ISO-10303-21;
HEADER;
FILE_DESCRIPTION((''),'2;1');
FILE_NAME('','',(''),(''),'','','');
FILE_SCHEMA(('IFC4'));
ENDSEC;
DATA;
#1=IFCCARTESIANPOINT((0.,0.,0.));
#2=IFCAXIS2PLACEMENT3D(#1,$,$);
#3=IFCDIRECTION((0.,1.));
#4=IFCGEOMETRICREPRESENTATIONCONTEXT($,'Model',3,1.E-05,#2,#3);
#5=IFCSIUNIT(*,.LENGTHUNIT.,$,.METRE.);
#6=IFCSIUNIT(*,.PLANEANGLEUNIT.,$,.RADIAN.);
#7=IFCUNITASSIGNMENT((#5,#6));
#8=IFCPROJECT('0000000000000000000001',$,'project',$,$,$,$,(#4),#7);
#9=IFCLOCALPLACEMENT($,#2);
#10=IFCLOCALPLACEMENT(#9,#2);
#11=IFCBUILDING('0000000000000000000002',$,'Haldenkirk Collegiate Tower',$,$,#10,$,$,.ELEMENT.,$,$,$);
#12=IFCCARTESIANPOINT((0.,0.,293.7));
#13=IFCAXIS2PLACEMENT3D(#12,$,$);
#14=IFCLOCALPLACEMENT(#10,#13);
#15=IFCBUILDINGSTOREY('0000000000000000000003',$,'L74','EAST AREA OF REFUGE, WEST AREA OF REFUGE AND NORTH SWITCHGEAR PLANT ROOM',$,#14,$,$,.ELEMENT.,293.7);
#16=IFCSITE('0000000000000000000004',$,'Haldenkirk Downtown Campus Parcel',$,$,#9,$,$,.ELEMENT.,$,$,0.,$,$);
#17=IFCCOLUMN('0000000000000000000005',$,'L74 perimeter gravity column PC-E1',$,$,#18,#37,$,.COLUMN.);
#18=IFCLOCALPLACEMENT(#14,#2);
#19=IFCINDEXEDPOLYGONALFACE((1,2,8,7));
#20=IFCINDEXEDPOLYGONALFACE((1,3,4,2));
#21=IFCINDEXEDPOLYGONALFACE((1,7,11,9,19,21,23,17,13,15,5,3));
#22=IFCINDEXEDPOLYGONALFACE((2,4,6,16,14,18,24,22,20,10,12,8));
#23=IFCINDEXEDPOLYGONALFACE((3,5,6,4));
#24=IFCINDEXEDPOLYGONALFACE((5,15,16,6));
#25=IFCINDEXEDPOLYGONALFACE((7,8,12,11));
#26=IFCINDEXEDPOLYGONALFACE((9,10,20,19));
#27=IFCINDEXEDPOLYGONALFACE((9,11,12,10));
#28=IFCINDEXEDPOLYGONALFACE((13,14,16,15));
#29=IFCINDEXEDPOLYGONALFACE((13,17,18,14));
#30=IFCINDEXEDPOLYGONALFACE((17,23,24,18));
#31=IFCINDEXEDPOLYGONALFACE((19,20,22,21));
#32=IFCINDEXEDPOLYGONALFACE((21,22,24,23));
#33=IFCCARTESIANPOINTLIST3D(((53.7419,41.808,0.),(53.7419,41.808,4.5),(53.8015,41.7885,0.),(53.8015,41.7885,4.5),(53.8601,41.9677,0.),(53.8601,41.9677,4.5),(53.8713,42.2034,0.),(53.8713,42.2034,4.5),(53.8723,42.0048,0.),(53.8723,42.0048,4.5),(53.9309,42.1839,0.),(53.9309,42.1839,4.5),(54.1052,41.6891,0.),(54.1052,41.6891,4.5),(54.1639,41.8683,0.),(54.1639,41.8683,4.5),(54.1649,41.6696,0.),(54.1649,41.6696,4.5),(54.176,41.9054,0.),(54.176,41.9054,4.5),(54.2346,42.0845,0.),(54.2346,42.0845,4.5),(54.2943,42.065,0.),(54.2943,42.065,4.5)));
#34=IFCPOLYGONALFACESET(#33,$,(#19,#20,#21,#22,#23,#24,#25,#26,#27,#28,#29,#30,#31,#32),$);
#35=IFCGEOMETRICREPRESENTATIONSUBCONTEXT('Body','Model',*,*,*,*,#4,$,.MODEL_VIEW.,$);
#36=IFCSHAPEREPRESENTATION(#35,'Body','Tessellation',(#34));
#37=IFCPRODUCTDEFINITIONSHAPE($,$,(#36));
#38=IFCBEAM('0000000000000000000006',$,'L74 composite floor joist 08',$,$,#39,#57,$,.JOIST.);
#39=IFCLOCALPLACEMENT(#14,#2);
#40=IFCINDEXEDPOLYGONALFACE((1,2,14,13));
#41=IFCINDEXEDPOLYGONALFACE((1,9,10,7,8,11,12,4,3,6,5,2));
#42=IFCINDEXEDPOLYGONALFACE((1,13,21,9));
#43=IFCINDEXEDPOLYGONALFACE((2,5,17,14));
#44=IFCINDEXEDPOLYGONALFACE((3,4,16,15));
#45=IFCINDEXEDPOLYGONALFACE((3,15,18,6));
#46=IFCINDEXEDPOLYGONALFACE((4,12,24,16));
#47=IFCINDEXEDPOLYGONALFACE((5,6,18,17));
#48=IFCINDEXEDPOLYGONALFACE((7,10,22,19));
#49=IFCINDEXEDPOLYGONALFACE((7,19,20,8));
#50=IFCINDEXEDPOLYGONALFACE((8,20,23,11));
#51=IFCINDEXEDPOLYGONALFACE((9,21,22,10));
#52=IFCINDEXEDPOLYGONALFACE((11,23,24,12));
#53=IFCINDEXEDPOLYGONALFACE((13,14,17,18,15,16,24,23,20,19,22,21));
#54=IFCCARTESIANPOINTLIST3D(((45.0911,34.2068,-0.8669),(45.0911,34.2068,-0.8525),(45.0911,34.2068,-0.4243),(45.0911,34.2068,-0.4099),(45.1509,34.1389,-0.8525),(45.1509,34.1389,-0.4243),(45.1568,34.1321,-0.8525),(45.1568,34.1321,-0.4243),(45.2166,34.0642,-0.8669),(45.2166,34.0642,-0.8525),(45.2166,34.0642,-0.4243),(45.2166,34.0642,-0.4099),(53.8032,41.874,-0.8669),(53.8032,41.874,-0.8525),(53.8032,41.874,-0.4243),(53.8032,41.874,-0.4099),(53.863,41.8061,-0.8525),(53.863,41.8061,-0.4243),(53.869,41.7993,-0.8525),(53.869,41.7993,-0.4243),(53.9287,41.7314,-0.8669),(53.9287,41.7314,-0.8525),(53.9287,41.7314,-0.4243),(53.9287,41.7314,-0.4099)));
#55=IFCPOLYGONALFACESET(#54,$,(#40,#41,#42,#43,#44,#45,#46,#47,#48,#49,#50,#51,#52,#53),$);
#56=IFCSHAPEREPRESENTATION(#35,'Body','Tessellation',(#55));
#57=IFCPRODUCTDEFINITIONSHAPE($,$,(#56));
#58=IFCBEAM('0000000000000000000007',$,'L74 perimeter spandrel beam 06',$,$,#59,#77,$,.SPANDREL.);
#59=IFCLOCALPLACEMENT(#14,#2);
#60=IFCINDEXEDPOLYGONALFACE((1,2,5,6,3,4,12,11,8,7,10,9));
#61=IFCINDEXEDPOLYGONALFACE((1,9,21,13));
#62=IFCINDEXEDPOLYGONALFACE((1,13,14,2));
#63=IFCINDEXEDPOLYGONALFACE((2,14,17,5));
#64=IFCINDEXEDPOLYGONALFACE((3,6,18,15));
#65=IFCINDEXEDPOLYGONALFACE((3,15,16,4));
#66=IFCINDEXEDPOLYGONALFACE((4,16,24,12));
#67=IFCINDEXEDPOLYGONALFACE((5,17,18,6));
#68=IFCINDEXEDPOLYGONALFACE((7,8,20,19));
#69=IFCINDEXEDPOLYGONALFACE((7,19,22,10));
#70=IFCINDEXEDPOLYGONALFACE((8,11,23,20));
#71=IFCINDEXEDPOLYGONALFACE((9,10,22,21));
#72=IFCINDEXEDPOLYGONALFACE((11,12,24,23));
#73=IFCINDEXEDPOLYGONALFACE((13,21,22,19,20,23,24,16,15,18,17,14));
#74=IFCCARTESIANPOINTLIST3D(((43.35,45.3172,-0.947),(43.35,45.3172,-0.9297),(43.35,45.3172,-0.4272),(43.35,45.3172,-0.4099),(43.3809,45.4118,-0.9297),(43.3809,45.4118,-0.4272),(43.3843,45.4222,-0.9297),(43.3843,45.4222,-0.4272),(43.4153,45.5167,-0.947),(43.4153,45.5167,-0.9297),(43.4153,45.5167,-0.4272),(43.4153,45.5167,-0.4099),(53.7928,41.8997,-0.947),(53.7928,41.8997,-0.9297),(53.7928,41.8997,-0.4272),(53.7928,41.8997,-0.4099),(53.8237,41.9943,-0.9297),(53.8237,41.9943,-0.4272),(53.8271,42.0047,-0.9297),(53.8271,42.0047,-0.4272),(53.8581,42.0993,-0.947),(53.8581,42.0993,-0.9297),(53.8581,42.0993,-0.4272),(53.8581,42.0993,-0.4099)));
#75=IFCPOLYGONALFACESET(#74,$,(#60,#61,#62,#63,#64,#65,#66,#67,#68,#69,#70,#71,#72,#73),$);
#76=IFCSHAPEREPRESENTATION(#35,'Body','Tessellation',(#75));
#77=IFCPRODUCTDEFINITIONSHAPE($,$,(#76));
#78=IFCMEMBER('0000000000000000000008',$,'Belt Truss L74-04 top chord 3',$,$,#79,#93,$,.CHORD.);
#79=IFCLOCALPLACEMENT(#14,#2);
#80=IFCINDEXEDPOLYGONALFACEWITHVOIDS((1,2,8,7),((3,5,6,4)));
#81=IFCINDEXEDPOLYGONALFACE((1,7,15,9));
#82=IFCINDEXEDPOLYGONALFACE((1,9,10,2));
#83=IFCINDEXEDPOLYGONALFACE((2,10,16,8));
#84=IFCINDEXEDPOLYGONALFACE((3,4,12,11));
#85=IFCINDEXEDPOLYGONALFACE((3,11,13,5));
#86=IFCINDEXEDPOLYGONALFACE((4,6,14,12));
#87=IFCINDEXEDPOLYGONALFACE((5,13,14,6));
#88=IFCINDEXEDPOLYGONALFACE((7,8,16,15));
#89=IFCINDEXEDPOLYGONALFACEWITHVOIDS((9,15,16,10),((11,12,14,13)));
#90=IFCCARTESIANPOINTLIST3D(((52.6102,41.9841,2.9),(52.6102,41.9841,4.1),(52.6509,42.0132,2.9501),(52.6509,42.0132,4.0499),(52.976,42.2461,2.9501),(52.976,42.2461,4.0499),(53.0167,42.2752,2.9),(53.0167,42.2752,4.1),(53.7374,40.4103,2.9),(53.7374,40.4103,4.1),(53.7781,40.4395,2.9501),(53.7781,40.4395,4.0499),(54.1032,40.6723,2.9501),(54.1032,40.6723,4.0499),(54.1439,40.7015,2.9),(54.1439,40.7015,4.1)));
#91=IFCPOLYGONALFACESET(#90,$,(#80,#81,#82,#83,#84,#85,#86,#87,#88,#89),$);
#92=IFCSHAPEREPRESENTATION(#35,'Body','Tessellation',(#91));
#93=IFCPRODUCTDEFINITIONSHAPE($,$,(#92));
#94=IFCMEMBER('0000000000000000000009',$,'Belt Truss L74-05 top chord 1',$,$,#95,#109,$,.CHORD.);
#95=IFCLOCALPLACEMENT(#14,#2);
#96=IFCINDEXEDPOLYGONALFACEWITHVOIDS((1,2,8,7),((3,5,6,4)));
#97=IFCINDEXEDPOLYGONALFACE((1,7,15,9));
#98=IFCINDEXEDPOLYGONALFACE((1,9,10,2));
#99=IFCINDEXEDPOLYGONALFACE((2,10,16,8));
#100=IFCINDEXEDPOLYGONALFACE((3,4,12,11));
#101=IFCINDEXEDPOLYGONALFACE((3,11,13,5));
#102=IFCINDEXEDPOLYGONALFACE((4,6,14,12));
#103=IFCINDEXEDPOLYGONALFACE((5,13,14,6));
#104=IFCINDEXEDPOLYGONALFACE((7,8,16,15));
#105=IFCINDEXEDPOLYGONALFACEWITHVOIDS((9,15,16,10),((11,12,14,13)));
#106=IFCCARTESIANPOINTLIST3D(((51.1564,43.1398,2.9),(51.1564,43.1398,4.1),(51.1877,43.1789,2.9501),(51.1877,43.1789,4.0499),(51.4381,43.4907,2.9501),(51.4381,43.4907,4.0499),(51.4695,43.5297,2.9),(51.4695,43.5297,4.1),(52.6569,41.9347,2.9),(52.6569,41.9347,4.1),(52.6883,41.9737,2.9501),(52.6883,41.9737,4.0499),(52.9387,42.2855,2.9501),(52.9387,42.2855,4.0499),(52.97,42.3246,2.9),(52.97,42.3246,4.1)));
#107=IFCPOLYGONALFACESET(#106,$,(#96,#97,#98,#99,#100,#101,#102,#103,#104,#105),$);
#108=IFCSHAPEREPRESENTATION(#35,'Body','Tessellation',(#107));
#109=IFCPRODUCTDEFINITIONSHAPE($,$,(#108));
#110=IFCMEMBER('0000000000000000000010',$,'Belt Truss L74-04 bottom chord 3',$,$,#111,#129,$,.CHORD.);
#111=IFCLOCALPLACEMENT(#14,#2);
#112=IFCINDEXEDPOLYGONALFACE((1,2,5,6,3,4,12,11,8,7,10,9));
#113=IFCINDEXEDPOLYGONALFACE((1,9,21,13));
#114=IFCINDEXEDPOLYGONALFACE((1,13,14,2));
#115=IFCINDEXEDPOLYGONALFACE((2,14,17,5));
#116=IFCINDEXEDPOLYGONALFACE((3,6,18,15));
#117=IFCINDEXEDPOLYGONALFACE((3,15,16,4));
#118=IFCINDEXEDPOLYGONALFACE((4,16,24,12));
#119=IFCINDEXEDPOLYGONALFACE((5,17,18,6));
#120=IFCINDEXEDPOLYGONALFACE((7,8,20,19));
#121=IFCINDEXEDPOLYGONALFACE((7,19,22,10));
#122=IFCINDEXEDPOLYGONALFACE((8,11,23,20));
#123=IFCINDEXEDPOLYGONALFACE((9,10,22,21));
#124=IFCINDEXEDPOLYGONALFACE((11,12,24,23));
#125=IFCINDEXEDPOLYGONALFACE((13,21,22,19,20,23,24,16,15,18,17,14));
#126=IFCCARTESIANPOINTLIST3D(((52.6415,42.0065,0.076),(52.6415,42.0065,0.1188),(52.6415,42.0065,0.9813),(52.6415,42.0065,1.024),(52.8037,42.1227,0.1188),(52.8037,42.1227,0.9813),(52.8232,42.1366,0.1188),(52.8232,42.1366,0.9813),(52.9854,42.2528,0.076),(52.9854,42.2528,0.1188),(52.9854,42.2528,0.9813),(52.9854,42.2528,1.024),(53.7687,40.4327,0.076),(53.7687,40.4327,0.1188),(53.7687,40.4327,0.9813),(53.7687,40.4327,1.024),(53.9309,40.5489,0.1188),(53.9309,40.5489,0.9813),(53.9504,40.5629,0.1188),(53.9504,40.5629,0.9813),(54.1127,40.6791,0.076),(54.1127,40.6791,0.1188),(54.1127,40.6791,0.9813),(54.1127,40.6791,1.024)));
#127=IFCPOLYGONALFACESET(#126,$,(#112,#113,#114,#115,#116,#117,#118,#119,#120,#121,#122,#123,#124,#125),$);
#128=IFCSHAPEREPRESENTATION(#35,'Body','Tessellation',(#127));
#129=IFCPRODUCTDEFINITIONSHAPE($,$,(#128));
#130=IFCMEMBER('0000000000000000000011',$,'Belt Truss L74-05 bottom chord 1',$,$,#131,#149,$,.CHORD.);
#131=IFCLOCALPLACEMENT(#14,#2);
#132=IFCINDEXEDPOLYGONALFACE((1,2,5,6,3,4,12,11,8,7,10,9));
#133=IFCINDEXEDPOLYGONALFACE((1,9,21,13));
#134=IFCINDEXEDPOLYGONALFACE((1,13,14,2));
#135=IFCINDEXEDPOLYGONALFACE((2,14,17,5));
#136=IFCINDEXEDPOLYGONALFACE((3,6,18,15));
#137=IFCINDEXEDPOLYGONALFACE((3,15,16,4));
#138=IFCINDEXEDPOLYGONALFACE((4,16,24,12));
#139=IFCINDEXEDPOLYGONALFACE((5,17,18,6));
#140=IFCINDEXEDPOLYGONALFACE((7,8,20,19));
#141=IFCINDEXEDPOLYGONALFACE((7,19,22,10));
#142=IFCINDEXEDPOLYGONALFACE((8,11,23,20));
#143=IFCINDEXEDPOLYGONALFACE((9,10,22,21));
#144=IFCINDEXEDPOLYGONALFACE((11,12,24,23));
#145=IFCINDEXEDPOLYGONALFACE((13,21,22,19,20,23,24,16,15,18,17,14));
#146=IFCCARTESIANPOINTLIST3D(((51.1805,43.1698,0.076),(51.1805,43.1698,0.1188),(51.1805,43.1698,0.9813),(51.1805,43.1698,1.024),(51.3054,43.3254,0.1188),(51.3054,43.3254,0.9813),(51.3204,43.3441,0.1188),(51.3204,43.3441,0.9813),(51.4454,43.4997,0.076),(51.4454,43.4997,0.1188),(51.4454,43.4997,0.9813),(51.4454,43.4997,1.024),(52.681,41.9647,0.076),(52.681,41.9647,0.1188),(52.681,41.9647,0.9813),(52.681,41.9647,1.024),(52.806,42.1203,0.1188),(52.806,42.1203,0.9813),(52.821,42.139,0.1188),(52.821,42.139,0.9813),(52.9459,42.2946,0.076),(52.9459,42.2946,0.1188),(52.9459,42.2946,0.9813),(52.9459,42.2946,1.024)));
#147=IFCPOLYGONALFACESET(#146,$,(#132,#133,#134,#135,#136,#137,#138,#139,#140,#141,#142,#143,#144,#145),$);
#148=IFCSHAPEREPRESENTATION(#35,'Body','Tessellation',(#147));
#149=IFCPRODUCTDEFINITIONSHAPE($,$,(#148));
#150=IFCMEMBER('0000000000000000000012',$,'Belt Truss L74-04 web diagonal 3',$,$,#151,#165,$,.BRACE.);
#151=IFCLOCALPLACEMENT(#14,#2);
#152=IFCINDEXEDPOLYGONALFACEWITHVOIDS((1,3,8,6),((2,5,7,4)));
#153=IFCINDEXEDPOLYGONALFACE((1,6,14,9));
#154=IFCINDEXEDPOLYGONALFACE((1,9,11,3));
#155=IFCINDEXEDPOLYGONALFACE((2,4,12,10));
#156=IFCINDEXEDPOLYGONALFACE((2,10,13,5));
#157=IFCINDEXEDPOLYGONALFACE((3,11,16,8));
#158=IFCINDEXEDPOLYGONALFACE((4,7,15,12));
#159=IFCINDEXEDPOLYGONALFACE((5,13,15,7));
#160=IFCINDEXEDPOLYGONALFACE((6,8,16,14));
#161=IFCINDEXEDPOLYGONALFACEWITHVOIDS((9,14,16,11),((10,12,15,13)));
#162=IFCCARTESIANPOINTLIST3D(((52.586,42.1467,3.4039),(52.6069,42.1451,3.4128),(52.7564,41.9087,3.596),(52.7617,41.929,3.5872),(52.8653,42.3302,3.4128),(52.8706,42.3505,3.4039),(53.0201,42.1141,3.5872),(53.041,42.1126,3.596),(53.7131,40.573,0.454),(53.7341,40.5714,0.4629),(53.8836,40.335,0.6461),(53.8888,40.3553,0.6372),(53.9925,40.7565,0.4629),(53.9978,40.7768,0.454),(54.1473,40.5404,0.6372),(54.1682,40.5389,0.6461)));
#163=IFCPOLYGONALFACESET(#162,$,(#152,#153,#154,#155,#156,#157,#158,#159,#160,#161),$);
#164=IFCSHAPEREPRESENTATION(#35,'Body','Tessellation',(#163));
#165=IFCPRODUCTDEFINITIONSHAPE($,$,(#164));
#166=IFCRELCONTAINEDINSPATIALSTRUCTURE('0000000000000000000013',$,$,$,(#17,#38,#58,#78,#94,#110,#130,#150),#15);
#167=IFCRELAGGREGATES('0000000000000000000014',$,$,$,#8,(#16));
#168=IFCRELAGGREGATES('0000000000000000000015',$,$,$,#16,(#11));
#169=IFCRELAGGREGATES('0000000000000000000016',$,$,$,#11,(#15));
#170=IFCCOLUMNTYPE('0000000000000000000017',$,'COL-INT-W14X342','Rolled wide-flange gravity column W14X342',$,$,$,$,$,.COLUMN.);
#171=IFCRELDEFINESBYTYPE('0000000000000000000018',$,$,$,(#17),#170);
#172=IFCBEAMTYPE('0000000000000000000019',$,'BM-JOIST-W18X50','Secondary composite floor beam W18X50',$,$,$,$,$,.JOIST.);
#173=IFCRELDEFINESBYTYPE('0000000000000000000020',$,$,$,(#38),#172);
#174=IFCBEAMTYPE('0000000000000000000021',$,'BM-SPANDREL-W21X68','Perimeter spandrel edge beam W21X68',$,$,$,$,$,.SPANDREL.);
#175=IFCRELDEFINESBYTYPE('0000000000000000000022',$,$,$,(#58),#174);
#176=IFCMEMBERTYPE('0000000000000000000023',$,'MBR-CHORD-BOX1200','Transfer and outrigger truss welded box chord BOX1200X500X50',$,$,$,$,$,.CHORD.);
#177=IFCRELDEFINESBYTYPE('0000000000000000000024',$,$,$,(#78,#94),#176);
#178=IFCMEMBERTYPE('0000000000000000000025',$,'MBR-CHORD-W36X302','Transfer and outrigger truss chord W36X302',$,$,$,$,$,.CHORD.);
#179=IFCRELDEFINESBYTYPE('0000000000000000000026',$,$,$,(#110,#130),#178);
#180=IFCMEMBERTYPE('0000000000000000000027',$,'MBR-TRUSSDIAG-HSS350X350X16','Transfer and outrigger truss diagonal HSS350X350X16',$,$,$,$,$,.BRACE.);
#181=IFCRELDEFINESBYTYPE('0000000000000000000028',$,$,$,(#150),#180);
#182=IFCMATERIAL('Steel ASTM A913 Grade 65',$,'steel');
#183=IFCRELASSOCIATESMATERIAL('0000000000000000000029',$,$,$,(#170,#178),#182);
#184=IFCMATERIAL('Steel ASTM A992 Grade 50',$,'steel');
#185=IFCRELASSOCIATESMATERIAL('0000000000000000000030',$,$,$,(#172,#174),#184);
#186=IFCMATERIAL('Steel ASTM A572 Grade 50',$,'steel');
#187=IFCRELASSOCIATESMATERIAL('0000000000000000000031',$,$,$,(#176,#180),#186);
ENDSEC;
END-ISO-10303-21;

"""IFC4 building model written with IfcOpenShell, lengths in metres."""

from ifc_helpers import new_model, si_unit, direction, frame, origin, origin_2d, place, context, subcontext, project, spatial, hollow_rectangle, i_section, extrude, material, material_profile, profile_set, type_object, element, save


model = new_model("IFC4")

# Units and contexts
model_context = context("Model", 3, precision=1e-05, world=origin(), true_north=direction((0.0, 1.0)))
body_context = subcontext(model_context, "Body", "Model", "MODEL_VIEW")
ifc_project = project(units=[si_unit("LENGTHUNIT", "METRE"), si_unit("PLANEANGLEUNIT", "RADIAN")], contexts=[model_context])

# Site, building, storey
site_placement = place(None, origin())
site = spatial("IfcSite", under=ifc_project, at=site_placement, Name="Haldenkirk Downtown Campus Parcel", CompositionType="ELEMENT", RefElevation=0.0)
building_placement = place(site_placement, origin())
building = spatial("IfcBuilding", under=site, at=building_placement, Name="Haldenkirk Collegiate Tower", CompositionType="ELEMENT")
storey_placement = place(building_placement, frame((0.0, 0.0, 293.7)))
storey = spatial("IfcBuildingStorey", under=building, at=storey_placement, Name="L74", Description="EAST AREA OF REFUGE, WEST AREA OF REFUGE AND NORTH SWITCHGEAR PLANT ROOM", CompositionType="ELEMENT", Elevation=293.7)

# Column
ifc_material_1 = material(Name="Steel ASTM A913 Grade 65", Category="steel")
ifc_material_profile_1 = material_profile(ifc_material_1, i_section(OverallWidth=0.416, OverallDepth=0.4451, WebThickness=0.0391, FlangeThickness=0.0627, at=origin_2d()), Name="W14X342")
ifc_profile_set_1 = profile_set([ifc_material_profile_1], Name="Steel ASTM A913 Grade 65")
column_type = type_object("IfcColumnType", Name="COL-INT-W14X342", Description="Rolled wide-flange gravity column W14X342", PredefinedType="COLUMN", material=ifc_profile_set_1)
column_placement = place(storey_placement, frame((54.0181, 41.9365, 0.0), z_axis=(0.0, 0.0, 1.0), x_axis=(0.311008, 0.950407, 0.0)))
element("IfcColumn", 1, at=column_placement, inside=storey, type_object=column_type, Name="L74 perimeter gravity column PC-E1", PredefinedType="COLUMN", context=body_context, shape_type="SweptSolid", body=[
    extrude(i_section(OverallWidth=0.416, OverallDepth=0.4451, WebThickness=0.0391, FlangeThickness=0.0627, at=origin_2d()), origin(), (0.0, 0.0, 1.0), 4.5),
])

# Beams
ifc_material_2 = material(Name="Steel ASTM A992 Grade 50", Category="steel")
ifc_material_profile_2 = material_profile(ifc_material_2, i_section(OverallWidth=0.1899, OverallDepth=0.457, WebThickness=0.009, FlangeThickness=0.0144, at=origin_2d()), Name="W18X50")
ifc_profile_set_2 = profile_set([ifc_material_profile_2], Name="Steel ASTM A992 Grade 50")
beam_type_1 = type_object("IfcBeamType", Name="BM-JOIST-W18X50", Description="Secondary composite floor beam W18X50", PredefinedType="JOIST", material=ifc_profile_set_2)
beam_1_placement = place(storey_placement, frame((53.866, 41.8027, -0.6384), z_axis=(-0.750691, -0.660654, 0.0), x_axis=(0.660654, -0.750691, 0.0)))
element("IfcBeam", 2, at=beam_1_placement, inside=storey, type_object=beam_type_1, Name="L74 composite floor joist 08", PredefinedType="JOIST", context=body_context, shape_type="SweptSolid", body=[
    extrude(i_section(OverallWidth=0.1899, OverallDepth=0.457, WebThickness=0.009, FlangeThickness=0.0144, at=origin_2d()), origin(), (0.0, 0.0, 1.0), 11.6055),
])
ifc_material_profile_3 = material_profile(ifc_material_2, i_section(OverallWidth=0.21, OverallDepth=0.5371, WebThickness=0.011, FlangeThickness=0.0173, at=origin_2d()), Name="W21X68")
ifc_profile_set_3 = profile_set([ifc_material_profile_3], Name="Steel ASTM A992 Grade 50")
beam_type_2 = type_object("IfcBeamType", Name="BM-SPANDREL-W21X68", Description="Perimeter spandrel edge beam W21X68", PredefinedType="SPANDREL", material=ifc_profile_set_3)
beam_2_placement = place(storey_placement, frame((53.8254, 41.9995, -0.6785), z_axis=(-0.950402, 0.311024, 0.0), x_axis=(-0.311024, -0.950402, 0.0)))
element("IfcBeam", 3, at=beam_2_placement, inside=storey, type_object=beam_type_2, Name="L74 perimeter spandrel beam 06", PredefinedType="SPANDREL", context=body_context, shape_type="SweptSolid", body=[
    extrude(i_section(OverallWidth=0.21, OverallDepth=0.5371, WebThickness=0.011, FlangeThickness=0.0173, at=origin_2d()), origin(), (0.0, 0.0, 1.0), 10.9878),
])

# Members
ifc_material_3 = material(Name="Steel ASTM A572 Grade 50", Category="steel")
ifc_material_profile_4 = material_profile(ifc_material_3, hollow_rectangle(XDim=0.5, YDim=1.2, WallThickness=0.05, at=origin_2d()), Name="BOX1200X500X50")
ifc_profile_set_4 = profile_set([ifc_material_profile_4], Name="Steel ASTM A572 Grade 50")
member_type_1 = type_object("IfcMemberType", Name="MBR-CHORD-BOX1200", Description="Transfer and outrigger truss welded box chord BOX1200X500X50", PredefinedType="CHORD", material=ifc_profile_set_4)
member_1_placement = place(storey_placement, frame((53.9407, 40.5559, 3.5), z_axis=(-0.582299, 0.812974, 0.0), x_axis=(-0.812974, -0.582299, 0.0)))
element("IfcMember", 4, at=member_1_placement, inside=storey, type_object=member_type_1, Name="Belt Truss L74-04 top chord 3", PredefinedType="CHORD", context=body_context, shape_type="SweptSolid", body=[
    extrude(hollow_rectangle(XDim=0.5, YDim=1.2, WallThickness=0.05, at=origin_2d()), origin(), (0.0, 0.0, 1.0), 1.9358),
])
member_2_placement = place(storey_placement, frame((52.8135, 42.1296, 3.5), z_axis=(-0.779679, 0.626179, 0.0), x_axis=(-0.626179, -0.779679, 0.0)))
element("IfcMember", 5, at=member_2_placement, inside=storey, type_object=member_type_1, Name="Belt Truss L74-05 top chord 1", PredefinedType="CHORD", context=body_context, shape_type="SweptSolid", body=[
    extrude(hollow_rectangle(XDim=0.5, YDim=1.2, WallThickness=0.05, at=origin_2d()), origin(), (0.0, 0.0, 1.0), 1.9246),
])
ifc_material_profile_5 = material_profile(ifc_material_1, i_section(OverallWidth=0.4231, OverallDepth=0.948, WebThickness=0.0239, FlangeThickness=0.0427, at=origin_2d()), Name="W36X302")
ifc_profile_set_5 = profile_set([ifc_material_profile_5], Name="Steel ASTM A913 Grade 65")
member_type_2 = type_object("IfcMemberType", Name="MBR-CHORD-W36X302", Description="Transfer and outrigger truss chord W36X302", PredefinedType="CHORD", material=ifc_profile_set_5)
member_3_placement = place(storey_placement, frame((53.9407, 40.5559, 0.55), z_axis=(-0.582299, 0.812974, 0.0), x_axis=(-0.812974, -0.582299, 0.0)))
element("IfcMember", 6, at=member_3_placement, inside=storey, type_object=member_type_2, Name="Belt Truss L74-04 bottom chord 3", PredefinedType="CHORD", context=body_context, shape_type="SweptSolid", body=[
    extrude(i_section(OverallWidth=0.4231, OverallDepth=0.948, WebThickness=0.0239, FlangeThickness=0.0427, at=origin_2d()), origin(), (0.0, 0.0, 1.0), 1.9358),
])
member_4_placement = place(storey_placement, frame((52.8135, 42.1296, 0.55), z_axis=(-0.779679, 0.626179, 0.0), x_axis=(-0.626179, -0.779679, 0.0)))
element("IfcMember", 7, at=member_4_placement, inside=storey, type_object=member_type_2, Name="Belt Truss L74-05 bottom chord 1", PredefinedType="CHORD", context=body_context, shape_type="SweptSolid", body=[
    extrude(i_section(OverallWidth=0.4231, OverallDepth=0.948, WebThickness=0.0239, FlangeThickness=0.0427, at=origin_2d()), origin(), (0.0, 0.0, 1.0), 1.9246),
])
ifc_material_profile_6 = material_profile(ifc_material_3, hollow_rectangle(XDim=0.3501, YDim=0.3501, WallThickness=0.0161, at=origin_2d()), Name="HSS350X350X16")
ifc_profile_set_6 = profile_set([ifc_material_profile_6], Name="Steel ASTM A572 Grade 50")
member_type_3 = type_object("IfcMemberType", Name="MBR-TRUSSDIAG-HSS350X350X16", Description="Transfer and outrigger truss diagonal HSS350X350X16", PredefinedType="BRACE", material=ifc_profile_set_6)
member_5_placement = place(storey_placement, frame((53.9407, 40.5559, 0.55), z_axis=(-0.319467, 0.446022, 0.836066), x_axis=(-0.812974, -0.582299, 0.0)))
element("IfcMember", 8, at=member_5_placement, inside=storey, type_object=member_type_3, Name="Belt Truss L74-04 web diagonal 3", PredefinedType="BRACE", context=body_context, shape_type="SweptSolid", body=[
    extrude(hollow_rectangle(XDim=0.3501, YDim=0.3501, WallThickness=0.0161, at=origin_2d()), origin(), (0.0, 0.0, 1.0), 3.5283),
])

save(model, "model.ifc")
